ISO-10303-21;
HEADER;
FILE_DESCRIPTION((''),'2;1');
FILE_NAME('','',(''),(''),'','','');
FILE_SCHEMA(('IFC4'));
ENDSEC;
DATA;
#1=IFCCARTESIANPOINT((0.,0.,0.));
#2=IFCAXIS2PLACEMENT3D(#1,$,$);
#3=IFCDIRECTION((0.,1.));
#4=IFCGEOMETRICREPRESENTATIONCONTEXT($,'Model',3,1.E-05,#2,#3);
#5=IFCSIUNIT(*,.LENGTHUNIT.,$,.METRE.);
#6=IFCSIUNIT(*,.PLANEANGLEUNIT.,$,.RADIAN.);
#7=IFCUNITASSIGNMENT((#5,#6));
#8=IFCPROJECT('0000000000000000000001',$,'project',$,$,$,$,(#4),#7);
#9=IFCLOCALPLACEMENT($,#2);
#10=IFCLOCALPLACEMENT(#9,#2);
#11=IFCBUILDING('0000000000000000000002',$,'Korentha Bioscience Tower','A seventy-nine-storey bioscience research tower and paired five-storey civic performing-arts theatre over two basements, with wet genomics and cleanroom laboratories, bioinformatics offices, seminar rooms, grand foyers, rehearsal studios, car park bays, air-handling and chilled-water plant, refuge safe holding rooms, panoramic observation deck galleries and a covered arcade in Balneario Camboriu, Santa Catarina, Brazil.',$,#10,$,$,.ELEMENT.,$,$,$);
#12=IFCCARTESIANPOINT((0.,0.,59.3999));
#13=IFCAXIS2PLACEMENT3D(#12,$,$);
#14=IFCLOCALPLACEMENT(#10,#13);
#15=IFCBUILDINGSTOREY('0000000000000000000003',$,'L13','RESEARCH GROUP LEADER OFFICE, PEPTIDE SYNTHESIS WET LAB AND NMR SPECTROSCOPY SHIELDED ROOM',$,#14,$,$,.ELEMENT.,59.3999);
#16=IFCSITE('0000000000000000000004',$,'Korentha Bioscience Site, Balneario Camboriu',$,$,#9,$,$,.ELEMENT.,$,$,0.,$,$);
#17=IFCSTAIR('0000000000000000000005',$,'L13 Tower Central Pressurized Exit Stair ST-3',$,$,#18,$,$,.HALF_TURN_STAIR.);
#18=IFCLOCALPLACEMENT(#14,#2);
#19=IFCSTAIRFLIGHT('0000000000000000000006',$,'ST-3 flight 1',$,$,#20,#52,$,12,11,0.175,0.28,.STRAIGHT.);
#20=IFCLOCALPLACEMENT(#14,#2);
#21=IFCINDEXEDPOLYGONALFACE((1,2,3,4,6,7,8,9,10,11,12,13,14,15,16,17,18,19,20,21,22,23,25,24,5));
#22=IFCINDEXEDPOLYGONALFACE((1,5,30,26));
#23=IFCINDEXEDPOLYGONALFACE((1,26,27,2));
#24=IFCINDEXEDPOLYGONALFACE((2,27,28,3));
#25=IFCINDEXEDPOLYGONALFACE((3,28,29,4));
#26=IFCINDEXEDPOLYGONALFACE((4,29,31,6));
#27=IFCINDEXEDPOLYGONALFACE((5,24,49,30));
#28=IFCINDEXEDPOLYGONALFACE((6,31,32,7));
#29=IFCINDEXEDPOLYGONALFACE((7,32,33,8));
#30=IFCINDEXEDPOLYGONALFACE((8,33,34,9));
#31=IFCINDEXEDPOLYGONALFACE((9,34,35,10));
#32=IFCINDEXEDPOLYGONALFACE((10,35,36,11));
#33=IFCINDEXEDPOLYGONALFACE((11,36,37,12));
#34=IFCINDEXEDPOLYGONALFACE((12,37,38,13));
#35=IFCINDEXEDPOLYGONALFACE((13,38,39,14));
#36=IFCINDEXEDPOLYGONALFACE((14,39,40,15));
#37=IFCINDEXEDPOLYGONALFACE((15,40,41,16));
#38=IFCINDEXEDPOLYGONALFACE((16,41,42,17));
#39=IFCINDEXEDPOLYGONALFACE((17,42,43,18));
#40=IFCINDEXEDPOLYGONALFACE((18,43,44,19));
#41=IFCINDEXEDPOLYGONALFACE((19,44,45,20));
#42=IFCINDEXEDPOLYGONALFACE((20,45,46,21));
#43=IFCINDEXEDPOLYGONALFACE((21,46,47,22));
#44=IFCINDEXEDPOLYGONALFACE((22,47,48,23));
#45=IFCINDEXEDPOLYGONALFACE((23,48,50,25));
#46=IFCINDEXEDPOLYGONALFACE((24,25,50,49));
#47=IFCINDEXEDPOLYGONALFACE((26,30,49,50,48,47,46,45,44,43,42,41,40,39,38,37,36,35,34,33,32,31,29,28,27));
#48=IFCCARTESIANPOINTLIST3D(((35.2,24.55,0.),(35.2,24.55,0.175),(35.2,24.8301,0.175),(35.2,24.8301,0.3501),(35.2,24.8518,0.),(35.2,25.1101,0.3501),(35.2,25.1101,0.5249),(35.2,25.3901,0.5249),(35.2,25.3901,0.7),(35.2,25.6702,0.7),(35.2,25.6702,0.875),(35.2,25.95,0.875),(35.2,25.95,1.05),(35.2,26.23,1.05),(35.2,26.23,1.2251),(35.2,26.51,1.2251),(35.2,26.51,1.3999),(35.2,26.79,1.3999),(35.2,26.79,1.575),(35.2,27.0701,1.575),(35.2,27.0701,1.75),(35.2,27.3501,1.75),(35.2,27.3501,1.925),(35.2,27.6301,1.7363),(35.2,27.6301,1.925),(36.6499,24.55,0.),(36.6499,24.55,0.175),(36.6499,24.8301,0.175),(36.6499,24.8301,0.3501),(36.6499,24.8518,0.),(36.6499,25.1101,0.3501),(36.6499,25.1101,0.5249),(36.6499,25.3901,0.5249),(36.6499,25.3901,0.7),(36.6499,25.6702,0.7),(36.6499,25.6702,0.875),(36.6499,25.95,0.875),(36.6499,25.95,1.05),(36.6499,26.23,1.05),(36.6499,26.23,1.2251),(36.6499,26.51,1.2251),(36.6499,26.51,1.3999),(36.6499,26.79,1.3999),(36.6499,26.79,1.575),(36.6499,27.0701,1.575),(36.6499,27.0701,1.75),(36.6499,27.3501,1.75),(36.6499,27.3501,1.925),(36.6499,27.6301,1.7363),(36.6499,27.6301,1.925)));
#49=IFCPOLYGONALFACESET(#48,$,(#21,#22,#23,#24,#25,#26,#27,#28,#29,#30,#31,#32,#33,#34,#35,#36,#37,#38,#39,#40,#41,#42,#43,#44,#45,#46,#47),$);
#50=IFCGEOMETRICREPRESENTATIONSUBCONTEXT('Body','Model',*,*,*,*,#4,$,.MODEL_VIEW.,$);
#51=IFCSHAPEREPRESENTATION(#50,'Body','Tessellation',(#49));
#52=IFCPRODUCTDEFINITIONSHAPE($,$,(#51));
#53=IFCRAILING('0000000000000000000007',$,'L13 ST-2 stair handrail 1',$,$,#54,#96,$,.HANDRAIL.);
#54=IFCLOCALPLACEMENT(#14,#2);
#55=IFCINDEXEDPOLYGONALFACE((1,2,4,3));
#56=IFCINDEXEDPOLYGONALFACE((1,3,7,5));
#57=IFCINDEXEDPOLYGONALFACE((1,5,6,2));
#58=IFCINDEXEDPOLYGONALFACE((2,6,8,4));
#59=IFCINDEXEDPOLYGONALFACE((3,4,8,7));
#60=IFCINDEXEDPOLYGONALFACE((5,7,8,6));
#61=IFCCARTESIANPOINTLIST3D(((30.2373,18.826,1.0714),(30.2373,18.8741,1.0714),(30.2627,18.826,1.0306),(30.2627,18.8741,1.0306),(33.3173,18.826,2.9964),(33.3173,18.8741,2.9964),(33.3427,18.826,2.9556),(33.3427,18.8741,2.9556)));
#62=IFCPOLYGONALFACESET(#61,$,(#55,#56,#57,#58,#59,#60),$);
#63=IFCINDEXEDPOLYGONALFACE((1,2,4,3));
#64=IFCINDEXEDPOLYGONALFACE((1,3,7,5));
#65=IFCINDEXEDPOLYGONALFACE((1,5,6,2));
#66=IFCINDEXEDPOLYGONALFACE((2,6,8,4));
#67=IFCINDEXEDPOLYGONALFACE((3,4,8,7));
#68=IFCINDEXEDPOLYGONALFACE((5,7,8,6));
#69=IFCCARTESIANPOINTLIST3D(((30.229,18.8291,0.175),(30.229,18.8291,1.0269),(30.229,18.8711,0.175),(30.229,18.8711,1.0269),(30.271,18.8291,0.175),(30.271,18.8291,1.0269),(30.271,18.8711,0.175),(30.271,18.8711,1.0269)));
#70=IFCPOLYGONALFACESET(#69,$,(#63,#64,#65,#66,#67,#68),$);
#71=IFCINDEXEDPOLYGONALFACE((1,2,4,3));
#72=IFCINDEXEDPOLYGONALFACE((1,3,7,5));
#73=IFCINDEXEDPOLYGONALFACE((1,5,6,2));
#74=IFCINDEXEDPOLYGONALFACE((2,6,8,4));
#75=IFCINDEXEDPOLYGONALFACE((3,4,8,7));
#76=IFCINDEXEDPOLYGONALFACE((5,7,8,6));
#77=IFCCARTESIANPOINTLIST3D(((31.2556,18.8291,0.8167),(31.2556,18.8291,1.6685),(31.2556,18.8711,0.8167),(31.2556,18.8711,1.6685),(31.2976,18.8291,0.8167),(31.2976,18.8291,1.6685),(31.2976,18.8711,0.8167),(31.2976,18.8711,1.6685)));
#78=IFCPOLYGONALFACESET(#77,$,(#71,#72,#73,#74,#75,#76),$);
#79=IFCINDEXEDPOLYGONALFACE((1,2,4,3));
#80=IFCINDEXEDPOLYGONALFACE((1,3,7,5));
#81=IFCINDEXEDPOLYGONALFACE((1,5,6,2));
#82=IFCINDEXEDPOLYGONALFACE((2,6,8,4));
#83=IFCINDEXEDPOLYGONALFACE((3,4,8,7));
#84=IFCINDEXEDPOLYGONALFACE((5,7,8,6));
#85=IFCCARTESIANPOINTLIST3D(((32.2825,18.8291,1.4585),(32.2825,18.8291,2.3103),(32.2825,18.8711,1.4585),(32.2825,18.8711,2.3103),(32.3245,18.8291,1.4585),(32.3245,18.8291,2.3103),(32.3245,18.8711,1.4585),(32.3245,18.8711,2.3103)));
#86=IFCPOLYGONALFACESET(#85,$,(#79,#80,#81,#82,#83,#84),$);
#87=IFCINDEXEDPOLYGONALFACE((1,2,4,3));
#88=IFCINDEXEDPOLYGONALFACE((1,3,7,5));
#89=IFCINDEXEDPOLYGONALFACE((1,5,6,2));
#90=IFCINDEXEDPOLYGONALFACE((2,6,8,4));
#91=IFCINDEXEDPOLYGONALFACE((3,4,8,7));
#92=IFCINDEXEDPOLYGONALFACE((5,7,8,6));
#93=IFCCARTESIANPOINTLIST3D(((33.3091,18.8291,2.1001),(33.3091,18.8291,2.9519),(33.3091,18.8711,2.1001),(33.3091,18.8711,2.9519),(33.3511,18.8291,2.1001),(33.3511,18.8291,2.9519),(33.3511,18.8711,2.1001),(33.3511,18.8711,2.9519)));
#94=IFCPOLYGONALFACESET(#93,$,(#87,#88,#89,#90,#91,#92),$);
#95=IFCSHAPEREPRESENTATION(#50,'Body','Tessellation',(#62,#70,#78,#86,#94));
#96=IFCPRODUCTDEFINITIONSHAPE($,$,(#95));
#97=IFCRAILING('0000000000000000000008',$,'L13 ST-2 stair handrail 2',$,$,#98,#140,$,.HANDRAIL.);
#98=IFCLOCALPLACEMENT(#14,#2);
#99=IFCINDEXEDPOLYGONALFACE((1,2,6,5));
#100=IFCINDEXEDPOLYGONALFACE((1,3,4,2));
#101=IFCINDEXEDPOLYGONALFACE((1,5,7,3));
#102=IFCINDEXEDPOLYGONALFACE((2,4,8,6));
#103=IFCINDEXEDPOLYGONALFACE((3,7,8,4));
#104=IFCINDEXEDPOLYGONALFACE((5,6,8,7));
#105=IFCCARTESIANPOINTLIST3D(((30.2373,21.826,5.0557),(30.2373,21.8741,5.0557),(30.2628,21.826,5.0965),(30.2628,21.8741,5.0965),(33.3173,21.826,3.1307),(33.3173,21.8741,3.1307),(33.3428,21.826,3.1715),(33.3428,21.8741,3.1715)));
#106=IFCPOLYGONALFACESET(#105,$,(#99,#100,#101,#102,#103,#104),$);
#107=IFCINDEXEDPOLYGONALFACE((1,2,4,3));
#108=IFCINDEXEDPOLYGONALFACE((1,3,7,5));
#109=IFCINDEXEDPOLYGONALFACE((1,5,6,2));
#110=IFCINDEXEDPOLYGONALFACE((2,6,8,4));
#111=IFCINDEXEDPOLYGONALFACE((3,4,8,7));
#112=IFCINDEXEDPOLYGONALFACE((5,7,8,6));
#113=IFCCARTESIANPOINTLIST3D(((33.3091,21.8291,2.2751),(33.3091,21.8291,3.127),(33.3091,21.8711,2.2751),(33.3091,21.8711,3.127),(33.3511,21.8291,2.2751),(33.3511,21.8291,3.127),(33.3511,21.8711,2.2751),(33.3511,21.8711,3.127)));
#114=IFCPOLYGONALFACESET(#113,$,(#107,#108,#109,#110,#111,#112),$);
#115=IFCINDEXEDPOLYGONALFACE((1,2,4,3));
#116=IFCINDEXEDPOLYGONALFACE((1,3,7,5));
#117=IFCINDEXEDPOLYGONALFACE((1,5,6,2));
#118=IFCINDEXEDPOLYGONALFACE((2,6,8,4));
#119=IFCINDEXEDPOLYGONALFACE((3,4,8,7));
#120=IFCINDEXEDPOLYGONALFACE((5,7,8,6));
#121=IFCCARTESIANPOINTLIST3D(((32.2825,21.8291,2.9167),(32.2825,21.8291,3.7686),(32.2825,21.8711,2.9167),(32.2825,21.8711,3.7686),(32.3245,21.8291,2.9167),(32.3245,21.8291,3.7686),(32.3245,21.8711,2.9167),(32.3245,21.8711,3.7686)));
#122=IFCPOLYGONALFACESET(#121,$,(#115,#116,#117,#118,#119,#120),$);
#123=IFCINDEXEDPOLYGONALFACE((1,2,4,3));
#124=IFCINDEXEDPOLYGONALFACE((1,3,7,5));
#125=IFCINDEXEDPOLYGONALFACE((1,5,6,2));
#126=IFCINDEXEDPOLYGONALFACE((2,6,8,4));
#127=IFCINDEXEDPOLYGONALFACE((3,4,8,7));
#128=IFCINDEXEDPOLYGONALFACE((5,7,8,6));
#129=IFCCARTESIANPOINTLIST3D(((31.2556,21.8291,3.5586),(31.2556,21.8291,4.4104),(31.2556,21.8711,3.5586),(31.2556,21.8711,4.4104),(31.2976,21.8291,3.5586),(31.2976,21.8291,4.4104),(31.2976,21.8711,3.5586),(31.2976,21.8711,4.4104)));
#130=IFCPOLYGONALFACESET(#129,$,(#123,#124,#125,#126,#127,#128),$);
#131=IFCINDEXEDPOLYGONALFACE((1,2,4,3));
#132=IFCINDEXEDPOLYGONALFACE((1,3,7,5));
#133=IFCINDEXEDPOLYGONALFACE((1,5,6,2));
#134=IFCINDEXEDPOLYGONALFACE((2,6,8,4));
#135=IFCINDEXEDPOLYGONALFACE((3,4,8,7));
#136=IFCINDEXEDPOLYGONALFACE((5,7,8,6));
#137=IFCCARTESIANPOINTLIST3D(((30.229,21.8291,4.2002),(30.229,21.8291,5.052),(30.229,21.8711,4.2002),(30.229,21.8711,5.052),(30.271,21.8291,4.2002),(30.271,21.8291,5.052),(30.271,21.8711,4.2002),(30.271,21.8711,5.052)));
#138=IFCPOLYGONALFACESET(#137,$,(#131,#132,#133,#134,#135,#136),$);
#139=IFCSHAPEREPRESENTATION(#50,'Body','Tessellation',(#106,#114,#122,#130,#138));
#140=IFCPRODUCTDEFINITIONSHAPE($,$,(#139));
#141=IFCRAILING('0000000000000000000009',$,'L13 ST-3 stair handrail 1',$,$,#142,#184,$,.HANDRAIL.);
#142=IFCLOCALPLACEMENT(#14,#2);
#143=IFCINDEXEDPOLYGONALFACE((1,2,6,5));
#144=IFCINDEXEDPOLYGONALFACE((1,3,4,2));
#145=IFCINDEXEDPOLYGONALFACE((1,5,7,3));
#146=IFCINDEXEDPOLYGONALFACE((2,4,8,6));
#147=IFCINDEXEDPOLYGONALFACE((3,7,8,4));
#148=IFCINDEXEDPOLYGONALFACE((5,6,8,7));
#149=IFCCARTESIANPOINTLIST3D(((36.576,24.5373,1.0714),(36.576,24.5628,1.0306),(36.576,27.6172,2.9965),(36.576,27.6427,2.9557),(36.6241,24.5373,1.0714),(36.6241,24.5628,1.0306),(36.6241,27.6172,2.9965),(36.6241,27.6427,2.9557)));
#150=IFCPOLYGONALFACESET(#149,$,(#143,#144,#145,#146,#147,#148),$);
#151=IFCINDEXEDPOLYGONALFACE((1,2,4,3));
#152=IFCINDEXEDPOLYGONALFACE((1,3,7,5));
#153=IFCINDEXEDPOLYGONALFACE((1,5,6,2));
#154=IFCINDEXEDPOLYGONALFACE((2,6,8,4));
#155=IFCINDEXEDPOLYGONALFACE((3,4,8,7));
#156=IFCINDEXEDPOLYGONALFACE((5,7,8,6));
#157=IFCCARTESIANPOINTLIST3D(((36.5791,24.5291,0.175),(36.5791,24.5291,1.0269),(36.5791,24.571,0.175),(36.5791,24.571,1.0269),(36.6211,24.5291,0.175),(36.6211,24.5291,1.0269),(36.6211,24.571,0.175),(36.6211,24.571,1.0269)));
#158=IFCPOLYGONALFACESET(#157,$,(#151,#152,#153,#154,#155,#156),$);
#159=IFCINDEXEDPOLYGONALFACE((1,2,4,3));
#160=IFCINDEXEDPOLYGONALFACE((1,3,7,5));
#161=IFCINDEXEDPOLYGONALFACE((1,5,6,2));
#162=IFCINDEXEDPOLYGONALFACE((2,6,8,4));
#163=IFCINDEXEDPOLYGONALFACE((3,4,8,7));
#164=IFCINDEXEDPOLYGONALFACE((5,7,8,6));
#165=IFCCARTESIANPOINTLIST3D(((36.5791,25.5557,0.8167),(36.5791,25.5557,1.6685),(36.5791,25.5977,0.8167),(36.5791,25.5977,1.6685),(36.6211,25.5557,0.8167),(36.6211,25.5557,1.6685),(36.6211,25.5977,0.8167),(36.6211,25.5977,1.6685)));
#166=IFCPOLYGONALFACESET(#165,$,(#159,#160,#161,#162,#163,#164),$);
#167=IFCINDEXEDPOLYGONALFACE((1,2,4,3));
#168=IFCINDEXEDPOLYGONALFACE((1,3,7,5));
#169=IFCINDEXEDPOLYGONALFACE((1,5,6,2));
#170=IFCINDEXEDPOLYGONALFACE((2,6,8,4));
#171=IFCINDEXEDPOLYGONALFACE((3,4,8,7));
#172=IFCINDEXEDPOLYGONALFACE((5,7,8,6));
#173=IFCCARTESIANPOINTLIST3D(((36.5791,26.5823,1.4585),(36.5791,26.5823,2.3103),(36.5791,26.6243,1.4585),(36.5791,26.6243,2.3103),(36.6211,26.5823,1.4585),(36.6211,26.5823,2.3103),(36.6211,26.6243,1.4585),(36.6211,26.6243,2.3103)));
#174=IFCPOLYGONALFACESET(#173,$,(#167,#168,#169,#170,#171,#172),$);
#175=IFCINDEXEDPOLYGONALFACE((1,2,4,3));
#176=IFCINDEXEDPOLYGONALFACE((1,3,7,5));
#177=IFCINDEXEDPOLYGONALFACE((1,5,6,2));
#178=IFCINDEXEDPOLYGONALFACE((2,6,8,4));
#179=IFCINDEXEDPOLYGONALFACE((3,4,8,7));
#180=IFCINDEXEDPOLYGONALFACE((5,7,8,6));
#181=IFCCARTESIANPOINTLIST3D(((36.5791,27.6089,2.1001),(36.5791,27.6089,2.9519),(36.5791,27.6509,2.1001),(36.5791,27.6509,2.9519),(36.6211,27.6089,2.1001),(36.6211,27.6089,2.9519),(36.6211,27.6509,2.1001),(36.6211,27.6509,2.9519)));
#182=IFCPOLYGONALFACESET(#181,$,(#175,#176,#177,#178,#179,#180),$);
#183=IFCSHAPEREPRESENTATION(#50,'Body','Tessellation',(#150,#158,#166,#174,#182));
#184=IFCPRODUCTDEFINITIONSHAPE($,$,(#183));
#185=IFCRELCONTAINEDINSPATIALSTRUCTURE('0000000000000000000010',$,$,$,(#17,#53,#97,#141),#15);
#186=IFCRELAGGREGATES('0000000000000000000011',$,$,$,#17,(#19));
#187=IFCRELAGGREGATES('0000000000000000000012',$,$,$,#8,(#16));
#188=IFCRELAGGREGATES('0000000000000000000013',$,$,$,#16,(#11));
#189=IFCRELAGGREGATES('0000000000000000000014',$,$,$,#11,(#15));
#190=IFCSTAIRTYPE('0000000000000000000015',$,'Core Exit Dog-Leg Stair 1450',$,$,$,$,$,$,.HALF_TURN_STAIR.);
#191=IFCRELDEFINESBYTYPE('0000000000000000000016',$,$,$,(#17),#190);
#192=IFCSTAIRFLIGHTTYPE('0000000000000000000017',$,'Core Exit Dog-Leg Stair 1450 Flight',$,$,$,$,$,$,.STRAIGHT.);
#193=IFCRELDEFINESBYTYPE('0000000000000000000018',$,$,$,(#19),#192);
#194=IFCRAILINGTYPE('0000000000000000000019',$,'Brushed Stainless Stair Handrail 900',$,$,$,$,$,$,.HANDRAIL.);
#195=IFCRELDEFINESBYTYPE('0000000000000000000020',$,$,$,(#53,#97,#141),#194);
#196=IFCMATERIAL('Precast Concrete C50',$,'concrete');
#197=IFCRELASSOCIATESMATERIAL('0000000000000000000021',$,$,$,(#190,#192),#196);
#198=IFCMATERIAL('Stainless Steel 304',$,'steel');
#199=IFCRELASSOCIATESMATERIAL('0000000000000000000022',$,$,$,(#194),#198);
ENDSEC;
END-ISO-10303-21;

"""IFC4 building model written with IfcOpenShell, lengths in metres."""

from ifc_helpers import new_model, si_unit, direction, frame, origin, origin_2d, place, context, subcontext, project, spatial, polyline, rectangle, outline, extrude, material, type_object, element, aggregate, save


model = new_model("IFC4")

# Units and contexts
model_context = context("Model", 3, precision=1e-05, world=origin(), true_north=direction((0.0, 1.0)))
body_context = subcontext(model_context, "Body", "Model", "MODEL_VIEW")
ifc_project = project(units=[si_unit("LENGTHUNIT", "METRE"), si_unit("PLANEANGLEUNIT", "RADIAN")], contexts=[model_context])

# Site, building, storey
site_placement = place(None, origin())
site = spatial("IfcSite", under=ifc_project, at=site_placement, Name="Korentha Bioscience Site, Balneario Camboriu", CompositionType="ELEMENT", RefElevation=0.0)
building_placement = place(site_placement, origin())
building = spatial("IfcBuilding", under=site, at=building_placement, Name="Korentha Bioscience Tower", Description="A seventy-nine-storey bioscience research tower and paired five-storey civic performing-arts theatre over two basements, with wet genomics and cleanroom laboratories, bioinformatics offices, seminar rooms, grand foyers, rehearsal studios, car park bays, air-handling and chilled-water plant, refuge safe holding rooms, panoramic observation deck galleries and a covered arcade in Balneario Camboriu, Santa Catarina, Brazil.", CompositionType="ELEMENT")
storey_placement = place(building_placement, frame((0.0, 0.0, 59.3999)))
storey = spatial("IfcBuildingStorey", under=building, at=storey_placement, Name="L13", Description="RESEARCH GROUP LEADER OFFICE, PEPTIDE SYNTHESIS WET LAB AND NMR SPECTROSCOPY SHIELDED ROOM", CompositionType="ELEMENT", Elevation=59.3999)

# Shared definitions
ifc_material_1 = material(Name="Precast Concrete C50", Category="concrete")
stair_type = type_object("IfcStairType", Name="Core Exit Dog-Leg Stair 1450", PredefinedType="HALF_TURN_STAIR", material=ifc_material_1)
stair_flight_type = type_object("IfcStairFlightType", Name="Core Exit Dog-Leg Stair 1450 Flight", PredefinedType="STRAIGHT", material=ifc_material_1)

# Stair, stair flight
stair_1_placement = place(storey_placement, origin())
stair_1 = element("IfcStair", 1, at=stair_1_placement, inside=storey, type_object=stair_type, Name="L13 Tower Central Pressurized Exit Stair ST-3", PredefinedType="HALF_TURN_STAIR")
stair_flight_1_placement = place(storey_placement, frame((35.925, 24.55, 0.0), z_axis=(0.0, 0.0, 1.0), x_axis=(0.0, 1.0, 0.0)))
stair_flight_1 = element("IfcStairFlight", 2, at=stair_flight_1_placement, type_object=stair_flight_type, Name="ST-3 flight 1", NumberOfRisers=12, NumberOfTreads=11, PredefinedType="STRAIGHT", RiserHeight=0.175, TreadLength=0.28, context=body_context, shape_type="SweptSolid", body=[
    extrude(outline(polyline([(0.0, 0.0), (0.0, 0.175), (0.28, 0.175), (0.28, 0.3501), (0.5601, 0.3501), (0.5601, 0.5249), (0.8401, 0.5249), (0.8401, 0.7), (1.1201, 0.7), (1.1201, 0.875), (1.3999, 0.875), (1.3999, 1.05), (1.6799, 1.05), (1.6799, 1.2251), (1.96, 1.2251), (1.96, 1.3999), (2.24, 1.3999), (2.24, 1.575), (2.52, 1.575), (2.52, 1.75), (2.8, 1.75), (2.8, 1.925), (3.0801, 1.925), (3.0801, 2.1001), (3.0801, 1.7363), (0.3018, 0.0), (0.0, 0.0)])), frame((0.0, 0.7251, 0.0), z_axis=(0.0, -1.0, 0.0), x_axis=(1.0, 0.0, 0.0)), (0.0, 0.0, 1.0), 1.45),
])
aggregate(stair_1, [stair_flight_1])

# Railings
ifc_material_2 = material(Name="Stainless Steel 304", Category="steel")
railing_type_1 = type_object("IfcRailingType", Name="Brushed Stainless Stair Handrail 900", PredefinedType="HANDRAIL", material=ifc_material_2)
railing_1_placement = place(storey_placement, frame((30.25, 18.8501, 0.175)))
element("IfcRailing", 3, at=railing_1_placement, inside=storey, type_object=railing_type_1, Name="L13 ST-2 stair handrail 1", PredefinedType="HANDRAIL", context=body_context, shape_type="SweptSolid", body=[
    extrude(rectangle(XDim=0.0481, YDim=0.0481, at=origin_2d()), frame((0.0, 0.0, 0.876), z_axis=(0.847998, 0.0, 0.529999), x_axis=(0.0, 1.0, 0.0)), (0.0, 0.0, 1.0), 3.6321),
    extrude(rectangle(XDim=0.042, YDim=0.042, at=origin_2d()), origin(), (0.0, 0.0, 1.0), 0.8518),
    extrude(rectangle(XDim=0.042, YDim=0.042, at=origin_2d()), frame((1.0266, 0.0, 0.6416)), (0.0, 0.0, 1.0), 0.8518),
    extrude(rectangle(XDim=0.042, YDim=0.042, at=origin_2d()), frame((2.0535, 0.0, 1.2834)), (0.0, 0.0, 1.0), 0.8518),
    extrude(rectangle(XDim=0.042, YDim=0.042, at=origin_2d()), frame((3.0801, 0.0, 1.925)), (0.0, 0.0, 1.0), 0.8518),
])
railing_2_placement = place(storey_placement, frame((33.3301, 21.8501, 2.2751)))
element("IfcRailing", 4, at=railing_2_placement, inside=storey, type_object=railing_type_1, Name="L13 ST-2 stair handrail 2", PredefinedType="HANDRAIL", context=body_context, shape_type="SweptSolid", body=[
    extrude(rectangle(XDim=0.0481, YDim=0.0481, at=origin_2d()), frame((0.0, 0.0, 0.876), z_axis=(-0.847998, 0.0, 0.529999), x_axis=(0.0, -1.0, 0.0)), (0.0, 0.0, 1.0), 3.6321),
    extrude(rectangle(XDim=0.042, YDim=0.042, at=origin_2d()), origin(), (0.0, 0.0, 1.0), 0.8518),
    extrude(rectangle(XDim=0.042, YDim=0.042, at=origin_2d()), frame((-1.0266, 0.0, 0.6416)), (0.0, 0.0, 1.0), 0.8518),
    extrude(rectangle(XDim=0.042, YDim=0.042, at=origin_2d()), frame((-2.0535, 0.0, 1.2834)), (0.0, 0.0, 1.0), 0.8518),
    extrude(rectangle(XDim=0.042, YDim=0.042, at=origin_2d()), frame((-3.0801, 0.0, 1.925)), (0.0, 0.0, 1.0), 0.8518),
])
railing_3_placement = place(storey_placement, frame((36.6001, 24.55, 0.175)))
element("IfcRailing", 5, at=railing_3_placement, inside=storey, type_object=railing_type_1, Name="L13 ST-3 stair handrail 1", PredefinedType="HANDRAIL", context=body_context, shape_type="SweptSolid", body=[
    extrude(rectangle(XDim=0.0481, YDim=0.0481, at=origin_2d()), frame((0.0, 0.0, 0.876), z_axis=(0.0, 0.847979, 0.530029), x_axis=(-1.0, 0.0, 0.0)), (0.0, 0.0, 1.0), 3.6321),
    extrude(rectangle(XDim=0.042, YDim=0.042, at=origin_2d()), origin(), (0.0, 0.0, 1.0), 0.8518),
    extrude(rectangle(XDim=0.042, YDim=0.042, at=origin_2d()), frame((0.0, 1.0266, 0.6416)), (0.0, 0.0, 1.0), 0.8518),
    extrude(rectangle(XDim=0.042, YDim=0.042, at=origin_2d()), frame((0.0, 2.0532, 1.2834)), (0.0, 0.0, 1.0), 0.8518),
    extrude(rectangle(XDim=0.042, YDim=0.042, at=origin_2d()), frame((0.0, 3.0798, 1.925)), (0.0, 0.0, 1.0), 0.8518),
])

save(model, "model.ifc")
